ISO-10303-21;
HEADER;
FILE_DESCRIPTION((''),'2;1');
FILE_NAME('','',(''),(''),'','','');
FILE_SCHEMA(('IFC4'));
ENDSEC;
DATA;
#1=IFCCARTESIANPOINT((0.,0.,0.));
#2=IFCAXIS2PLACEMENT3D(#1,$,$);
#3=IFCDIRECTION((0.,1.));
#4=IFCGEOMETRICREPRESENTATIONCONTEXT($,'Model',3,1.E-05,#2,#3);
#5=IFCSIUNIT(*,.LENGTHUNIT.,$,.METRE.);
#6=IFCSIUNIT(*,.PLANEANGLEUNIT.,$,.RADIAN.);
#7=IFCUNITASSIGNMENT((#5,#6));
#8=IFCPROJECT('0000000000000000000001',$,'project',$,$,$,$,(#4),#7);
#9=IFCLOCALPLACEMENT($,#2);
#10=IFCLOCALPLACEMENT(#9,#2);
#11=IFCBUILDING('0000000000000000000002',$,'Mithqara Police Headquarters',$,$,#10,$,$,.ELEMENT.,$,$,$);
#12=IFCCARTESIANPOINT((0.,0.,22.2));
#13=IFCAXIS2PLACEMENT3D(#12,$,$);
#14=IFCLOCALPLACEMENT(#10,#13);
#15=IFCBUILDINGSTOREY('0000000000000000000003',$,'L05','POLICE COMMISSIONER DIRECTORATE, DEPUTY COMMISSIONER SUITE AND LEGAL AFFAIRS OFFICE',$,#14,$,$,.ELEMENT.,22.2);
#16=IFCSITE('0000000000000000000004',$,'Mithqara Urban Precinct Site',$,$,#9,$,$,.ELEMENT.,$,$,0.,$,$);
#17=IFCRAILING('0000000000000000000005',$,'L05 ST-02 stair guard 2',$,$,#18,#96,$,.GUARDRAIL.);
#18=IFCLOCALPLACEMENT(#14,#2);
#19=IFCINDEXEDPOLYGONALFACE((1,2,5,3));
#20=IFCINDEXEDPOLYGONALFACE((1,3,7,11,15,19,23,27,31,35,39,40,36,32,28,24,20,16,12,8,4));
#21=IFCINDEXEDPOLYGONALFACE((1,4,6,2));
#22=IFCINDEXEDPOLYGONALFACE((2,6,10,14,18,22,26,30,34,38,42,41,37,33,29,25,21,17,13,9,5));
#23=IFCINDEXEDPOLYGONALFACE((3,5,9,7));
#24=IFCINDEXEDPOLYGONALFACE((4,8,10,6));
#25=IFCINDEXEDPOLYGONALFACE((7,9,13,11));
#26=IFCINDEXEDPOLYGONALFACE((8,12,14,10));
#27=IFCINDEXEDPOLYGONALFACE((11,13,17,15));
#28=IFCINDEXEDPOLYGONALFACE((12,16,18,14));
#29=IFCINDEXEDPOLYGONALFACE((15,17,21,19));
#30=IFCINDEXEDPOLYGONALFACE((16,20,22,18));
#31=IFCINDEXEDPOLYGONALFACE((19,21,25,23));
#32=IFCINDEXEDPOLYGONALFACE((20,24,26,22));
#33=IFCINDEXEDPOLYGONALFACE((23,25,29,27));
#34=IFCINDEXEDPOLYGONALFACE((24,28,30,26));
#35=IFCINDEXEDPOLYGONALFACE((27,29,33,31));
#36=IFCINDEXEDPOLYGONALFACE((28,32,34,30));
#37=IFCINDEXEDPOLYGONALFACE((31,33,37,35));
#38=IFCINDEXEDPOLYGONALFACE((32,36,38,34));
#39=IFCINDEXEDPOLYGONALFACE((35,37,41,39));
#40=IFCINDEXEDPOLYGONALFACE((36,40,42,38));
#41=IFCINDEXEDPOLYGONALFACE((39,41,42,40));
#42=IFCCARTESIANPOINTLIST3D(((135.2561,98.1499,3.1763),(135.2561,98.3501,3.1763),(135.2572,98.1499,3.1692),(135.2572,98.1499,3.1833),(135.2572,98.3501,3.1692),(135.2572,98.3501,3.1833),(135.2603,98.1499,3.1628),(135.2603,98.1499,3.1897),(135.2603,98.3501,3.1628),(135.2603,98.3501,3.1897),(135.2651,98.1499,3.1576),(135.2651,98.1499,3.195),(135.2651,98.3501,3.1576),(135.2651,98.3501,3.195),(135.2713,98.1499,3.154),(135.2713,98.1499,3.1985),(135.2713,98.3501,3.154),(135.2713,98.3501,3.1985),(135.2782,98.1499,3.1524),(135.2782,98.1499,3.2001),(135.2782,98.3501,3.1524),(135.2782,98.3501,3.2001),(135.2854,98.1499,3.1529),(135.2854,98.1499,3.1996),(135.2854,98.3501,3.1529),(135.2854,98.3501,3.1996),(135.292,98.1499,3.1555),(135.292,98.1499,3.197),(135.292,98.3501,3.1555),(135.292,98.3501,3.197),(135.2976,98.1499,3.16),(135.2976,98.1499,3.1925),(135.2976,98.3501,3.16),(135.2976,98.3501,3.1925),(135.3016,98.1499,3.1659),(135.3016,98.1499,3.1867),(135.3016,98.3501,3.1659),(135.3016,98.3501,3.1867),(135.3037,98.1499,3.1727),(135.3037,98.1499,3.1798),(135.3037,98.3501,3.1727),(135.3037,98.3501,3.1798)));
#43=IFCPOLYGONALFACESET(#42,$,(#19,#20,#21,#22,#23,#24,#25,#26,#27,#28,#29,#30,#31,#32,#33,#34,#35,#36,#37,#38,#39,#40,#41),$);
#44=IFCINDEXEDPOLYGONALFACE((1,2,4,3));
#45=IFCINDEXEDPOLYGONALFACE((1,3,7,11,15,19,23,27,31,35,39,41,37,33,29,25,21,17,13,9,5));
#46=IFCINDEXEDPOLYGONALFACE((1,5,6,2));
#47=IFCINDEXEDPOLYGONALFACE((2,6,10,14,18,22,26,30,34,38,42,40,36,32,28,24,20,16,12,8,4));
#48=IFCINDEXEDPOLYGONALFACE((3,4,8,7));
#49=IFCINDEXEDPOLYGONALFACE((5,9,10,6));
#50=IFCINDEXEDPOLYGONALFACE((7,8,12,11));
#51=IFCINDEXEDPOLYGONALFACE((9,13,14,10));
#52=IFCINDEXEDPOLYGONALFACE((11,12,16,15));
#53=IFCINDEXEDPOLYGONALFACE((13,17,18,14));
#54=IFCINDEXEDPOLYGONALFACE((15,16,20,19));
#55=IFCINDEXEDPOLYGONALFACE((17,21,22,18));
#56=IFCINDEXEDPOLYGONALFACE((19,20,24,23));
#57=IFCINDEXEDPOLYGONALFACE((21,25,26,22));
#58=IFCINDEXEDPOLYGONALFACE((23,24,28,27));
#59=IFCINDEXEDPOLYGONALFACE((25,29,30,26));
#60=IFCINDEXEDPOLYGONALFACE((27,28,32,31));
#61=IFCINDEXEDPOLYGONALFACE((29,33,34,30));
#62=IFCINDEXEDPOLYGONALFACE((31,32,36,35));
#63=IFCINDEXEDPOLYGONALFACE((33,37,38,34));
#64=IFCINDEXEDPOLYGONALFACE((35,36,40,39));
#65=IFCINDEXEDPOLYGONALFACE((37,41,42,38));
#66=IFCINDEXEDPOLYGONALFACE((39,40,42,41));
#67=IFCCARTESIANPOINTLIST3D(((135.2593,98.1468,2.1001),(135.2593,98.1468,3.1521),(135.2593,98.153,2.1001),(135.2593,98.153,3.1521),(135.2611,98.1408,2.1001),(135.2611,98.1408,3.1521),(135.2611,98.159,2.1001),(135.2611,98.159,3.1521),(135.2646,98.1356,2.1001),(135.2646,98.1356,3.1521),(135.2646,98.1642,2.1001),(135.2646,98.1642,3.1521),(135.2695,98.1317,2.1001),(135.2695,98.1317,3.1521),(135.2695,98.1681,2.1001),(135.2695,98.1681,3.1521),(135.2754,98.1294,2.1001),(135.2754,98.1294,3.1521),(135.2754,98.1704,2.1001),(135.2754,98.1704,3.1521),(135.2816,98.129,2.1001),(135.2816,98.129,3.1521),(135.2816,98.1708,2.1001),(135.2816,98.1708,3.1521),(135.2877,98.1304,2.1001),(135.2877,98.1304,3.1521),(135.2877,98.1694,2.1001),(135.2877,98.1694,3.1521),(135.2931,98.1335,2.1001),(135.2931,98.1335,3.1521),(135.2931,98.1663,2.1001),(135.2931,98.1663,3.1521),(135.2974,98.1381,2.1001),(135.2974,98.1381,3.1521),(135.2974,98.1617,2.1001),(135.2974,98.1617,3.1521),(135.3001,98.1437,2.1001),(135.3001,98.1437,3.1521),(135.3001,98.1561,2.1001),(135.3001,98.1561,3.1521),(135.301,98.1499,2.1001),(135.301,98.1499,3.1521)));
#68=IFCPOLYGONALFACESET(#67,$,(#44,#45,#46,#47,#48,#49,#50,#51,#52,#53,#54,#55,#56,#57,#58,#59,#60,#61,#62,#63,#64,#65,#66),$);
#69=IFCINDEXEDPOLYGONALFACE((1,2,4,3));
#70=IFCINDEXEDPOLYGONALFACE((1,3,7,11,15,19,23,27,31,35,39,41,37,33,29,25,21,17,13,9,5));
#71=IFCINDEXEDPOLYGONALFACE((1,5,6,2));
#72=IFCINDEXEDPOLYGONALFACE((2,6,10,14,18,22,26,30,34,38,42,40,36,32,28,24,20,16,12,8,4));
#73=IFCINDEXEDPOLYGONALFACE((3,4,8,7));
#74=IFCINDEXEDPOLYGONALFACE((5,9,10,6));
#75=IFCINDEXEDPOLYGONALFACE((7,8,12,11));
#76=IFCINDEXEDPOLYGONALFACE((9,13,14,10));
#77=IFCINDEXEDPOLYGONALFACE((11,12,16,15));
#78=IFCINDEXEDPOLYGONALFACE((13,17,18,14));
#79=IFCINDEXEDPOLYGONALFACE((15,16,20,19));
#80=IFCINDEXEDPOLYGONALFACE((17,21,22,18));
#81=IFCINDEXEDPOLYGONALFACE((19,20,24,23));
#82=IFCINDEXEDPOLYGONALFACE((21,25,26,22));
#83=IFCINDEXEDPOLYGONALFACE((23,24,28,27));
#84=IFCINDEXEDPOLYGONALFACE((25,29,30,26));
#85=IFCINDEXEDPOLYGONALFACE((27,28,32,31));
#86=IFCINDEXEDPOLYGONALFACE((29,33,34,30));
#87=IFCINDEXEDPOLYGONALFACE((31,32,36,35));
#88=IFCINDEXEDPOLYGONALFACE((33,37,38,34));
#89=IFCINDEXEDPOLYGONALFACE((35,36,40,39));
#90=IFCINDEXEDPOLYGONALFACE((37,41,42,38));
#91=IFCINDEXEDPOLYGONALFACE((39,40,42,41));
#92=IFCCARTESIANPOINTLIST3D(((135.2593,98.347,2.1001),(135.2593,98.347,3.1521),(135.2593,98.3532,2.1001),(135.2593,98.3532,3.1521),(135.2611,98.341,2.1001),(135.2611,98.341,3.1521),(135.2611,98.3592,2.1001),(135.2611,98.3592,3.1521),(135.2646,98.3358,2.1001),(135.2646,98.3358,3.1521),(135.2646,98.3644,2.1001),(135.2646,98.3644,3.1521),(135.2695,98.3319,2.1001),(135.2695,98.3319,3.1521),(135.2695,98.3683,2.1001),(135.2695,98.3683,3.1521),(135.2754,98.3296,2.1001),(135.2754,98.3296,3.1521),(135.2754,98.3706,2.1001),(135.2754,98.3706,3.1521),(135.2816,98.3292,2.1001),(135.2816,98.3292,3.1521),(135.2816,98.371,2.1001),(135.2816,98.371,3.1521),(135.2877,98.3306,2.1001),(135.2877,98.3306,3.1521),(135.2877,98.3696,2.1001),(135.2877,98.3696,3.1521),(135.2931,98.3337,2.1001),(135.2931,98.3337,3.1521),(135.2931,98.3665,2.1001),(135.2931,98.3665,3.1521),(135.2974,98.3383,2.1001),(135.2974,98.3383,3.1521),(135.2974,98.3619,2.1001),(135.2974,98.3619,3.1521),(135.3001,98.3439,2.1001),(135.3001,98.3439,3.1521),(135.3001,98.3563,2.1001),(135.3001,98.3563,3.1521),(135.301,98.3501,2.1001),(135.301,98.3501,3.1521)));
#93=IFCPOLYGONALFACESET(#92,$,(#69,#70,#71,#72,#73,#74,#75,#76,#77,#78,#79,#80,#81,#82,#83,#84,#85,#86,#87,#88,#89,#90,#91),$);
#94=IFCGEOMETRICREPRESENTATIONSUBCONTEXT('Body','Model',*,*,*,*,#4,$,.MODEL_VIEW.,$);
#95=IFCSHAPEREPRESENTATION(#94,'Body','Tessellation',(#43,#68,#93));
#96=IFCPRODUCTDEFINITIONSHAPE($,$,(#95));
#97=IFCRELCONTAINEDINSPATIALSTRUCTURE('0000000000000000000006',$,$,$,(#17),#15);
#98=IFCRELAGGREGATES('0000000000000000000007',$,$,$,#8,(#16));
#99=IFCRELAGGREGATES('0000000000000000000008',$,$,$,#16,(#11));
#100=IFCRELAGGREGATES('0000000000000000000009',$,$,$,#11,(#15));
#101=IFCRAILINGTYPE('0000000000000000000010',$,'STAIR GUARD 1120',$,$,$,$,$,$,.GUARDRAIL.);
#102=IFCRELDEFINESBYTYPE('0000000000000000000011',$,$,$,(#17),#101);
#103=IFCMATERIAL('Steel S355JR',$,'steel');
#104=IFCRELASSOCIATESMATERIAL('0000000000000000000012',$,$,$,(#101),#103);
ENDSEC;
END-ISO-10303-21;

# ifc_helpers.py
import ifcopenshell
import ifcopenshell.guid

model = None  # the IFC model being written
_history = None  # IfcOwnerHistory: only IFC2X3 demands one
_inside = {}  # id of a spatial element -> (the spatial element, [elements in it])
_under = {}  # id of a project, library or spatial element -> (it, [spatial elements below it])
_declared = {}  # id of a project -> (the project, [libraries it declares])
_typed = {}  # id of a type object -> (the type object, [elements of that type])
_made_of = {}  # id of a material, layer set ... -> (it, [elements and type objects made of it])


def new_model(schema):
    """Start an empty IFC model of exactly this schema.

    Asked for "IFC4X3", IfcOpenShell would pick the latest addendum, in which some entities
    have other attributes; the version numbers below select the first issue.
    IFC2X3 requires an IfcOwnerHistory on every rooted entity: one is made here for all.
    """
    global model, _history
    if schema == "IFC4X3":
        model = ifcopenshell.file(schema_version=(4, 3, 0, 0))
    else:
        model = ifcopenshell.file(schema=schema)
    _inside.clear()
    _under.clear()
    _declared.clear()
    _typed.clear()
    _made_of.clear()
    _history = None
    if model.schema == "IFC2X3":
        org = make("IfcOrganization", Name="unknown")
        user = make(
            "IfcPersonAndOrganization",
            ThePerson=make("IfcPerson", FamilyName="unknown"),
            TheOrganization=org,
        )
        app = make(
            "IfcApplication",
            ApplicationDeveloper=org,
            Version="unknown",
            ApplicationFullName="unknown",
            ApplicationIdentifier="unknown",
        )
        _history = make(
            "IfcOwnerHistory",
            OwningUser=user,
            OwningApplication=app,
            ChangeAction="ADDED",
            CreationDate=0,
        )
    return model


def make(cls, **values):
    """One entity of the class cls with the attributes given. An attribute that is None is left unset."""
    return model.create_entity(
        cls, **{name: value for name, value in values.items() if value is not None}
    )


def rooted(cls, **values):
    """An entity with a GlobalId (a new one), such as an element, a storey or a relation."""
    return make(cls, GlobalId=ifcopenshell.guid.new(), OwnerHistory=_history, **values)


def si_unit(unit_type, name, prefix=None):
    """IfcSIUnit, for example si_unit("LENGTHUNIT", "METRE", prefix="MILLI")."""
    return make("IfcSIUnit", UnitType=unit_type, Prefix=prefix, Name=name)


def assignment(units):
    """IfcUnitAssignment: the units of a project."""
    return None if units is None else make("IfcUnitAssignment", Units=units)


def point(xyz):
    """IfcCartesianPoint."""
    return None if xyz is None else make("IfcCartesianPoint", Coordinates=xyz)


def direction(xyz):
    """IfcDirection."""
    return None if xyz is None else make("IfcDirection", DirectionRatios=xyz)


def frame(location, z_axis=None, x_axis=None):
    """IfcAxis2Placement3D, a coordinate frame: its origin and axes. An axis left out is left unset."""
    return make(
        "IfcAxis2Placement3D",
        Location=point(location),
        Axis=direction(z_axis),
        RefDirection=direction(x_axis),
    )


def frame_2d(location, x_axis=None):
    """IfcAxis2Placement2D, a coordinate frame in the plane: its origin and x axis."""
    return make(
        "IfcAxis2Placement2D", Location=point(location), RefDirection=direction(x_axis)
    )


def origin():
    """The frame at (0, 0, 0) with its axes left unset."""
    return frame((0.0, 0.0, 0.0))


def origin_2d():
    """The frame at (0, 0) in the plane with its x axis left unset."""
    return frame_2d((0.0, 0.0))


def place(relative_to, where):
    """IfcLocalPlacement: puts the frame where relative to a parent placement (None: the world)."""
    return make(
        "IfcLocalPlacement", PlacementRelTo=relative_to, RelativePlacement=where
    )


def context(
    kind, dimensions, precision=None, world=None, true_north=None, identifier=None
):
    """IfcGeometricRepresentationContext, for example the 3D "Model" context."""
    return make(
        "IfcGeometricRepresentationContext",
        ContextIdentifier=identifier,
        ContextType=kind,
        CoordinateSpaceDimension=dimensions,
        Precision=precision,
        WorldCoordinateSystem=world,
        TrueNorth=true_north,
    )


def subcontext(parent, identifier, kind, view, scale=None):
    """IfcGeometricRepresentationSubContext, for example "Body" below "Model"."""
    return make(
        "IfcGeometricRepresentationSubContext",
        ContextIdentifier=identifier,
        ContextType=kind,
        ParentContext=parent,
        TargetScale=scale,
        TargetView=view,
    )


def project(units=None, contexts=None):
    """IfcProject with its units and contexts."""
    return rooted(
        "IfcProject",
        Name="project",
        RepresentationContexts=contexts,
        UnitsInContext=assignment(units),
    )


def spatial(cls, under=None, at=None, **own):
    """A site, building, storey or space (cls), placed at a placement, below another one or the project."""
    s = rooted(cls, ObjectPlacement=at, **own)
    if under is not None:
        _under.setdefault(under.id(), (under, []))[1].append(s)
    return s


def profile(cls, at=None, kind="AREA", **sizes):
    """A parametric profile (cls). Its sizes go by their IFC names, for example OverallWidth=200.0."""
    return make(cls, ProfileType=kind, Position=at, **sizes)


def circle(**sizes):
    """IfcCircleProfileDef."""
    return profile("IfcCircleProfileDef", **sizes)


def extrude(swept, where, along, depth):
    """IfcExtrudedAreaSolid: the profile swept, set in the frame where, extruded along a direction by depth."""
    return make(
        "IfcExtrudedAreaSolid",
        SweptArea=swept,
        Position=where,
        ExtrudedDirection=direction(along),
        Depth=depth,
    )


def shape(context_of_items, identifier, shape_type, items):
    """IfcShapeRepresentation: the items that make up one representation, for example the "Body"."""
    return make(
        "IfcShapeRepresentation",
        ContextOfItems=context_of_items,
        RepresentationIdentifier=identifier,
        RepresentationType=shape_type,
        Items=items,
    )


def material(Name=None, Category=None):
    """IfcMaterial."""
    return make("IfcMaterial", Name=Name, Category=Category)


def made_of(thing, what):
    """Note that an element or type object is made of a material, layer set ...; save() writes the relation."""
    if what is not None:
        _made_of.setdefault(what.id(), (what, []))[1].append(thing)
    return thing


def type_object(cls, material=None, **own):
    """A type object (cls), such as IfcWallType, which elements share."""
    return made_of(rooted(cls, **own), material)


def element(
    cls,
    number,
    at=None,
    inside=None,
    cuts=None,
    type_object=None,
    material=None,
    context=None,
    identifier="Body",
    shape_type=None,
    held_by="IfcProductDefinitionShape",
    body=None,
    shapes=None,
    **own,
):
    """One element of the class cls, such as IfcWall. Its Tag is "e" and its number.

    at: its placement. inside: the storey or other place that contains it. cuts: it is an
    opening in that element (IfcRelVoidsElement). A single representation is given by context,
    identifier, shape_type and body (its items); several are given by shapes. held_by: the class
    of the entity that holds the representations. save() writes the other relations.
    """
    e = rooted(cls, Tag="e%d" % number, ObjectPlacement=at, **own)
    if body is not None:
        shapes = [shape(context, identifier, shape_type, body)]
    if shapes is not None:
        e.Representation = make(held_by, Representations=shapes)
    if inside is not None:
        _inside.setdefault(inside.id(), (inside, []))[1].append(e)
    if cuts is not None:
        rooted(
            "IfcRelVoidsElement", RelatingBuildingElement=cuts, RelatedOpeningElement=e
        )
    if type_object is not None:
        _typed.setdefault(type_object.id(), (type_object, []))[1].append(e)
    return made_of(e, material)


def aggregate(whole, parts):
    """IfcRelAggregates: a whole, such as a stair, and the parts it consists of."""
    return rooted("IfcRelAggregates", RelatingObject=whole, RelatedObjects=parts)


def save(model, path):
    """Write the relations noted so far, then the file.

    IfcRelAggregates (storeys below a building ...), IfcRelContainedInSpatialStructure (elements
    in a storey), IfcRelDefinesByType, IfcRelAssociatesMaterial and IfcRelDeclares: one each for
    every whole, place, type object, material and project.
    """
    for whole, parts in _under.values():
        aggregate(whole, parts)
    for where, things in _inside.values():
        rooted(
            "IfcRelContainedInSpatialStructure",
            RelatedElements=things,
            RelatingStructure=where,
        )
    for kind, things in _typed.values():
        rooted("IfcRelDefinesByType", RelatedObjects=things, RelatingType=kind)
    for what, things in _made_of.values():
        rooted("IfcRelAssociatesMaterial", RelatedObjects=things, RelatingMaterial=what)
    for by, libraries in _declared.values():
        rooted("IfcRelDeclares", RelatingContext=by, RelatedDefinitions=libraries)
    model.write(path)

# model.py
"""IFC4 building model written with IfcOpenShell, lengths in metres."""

from ifc_helpers import new_model, si_unit, direction, frame, origin, origin_2d, place, context, subcontext, project, spatial, circle, extrude, material, type_object, element, save


model = new_model("IFC4")

# Units and contexts
model_context = context("Model", 3, precision=1e-05, world=origin(), true_north=direction((0.0, 1.0)))
body_context = subcontext(model_context, "Body", "Model", "MODEL_VIEW")
ifc_project = project(units=[si_unit("LENGTHUNIT", "METRE"), si_unit("PLANEANGLEUNIT", "RADIAN")], contexts=[model_context])

# Site, building, storey
site_placement = place(None, origin())
site = spatial("IfcSite", under=ifc_project, at=site_placement, Name="Mithqara Urban Precinct Site", CompositionType="ELEMENT", RefElevation=0.0)
building_placement = place(site_placement, origin())
building = spatial("IfcBuilding", under=site, at=building_placement, Name="Mithqara Police Headquarters", CompositionType="ELEMENT")
storey_placement = place(building_placement, frame((0.0, 0.0, 22.2)))
storey = spatial("IfcBuildingStorey", under=building, at=storey_placement, Name="L05", Description="POLICE COMMISSIONER DIRECTORATE, DEPUTY COMMISSIONER SUITE AND LEGAL AFFAIRS OFFICE", CompositionType="ELEMENT", Elevation=22.2)

# Shared definitions
ifc_material_1 = material(Name="Steel S355JR", Category="steel")

# Railing
railing_type_1 = type_object("IfcRailingType", Name="STAIR GUARD 1120", PredefinedType="GUARDRAIL", material=ifc_material_1)
railing_1_placement = place(storey_placement, frame((135.28, 98.1499, 2.1001)))
element("IfcRailing", 1, at=railing_1_placement, inside=storey, type_object=railing_type_1, Name="L05 ST-02 stair guard 2", PredefinedType="GUARDRAIL", context=body_context, shape_type="SweptSolid", body=[
    extrude(circle(Radius=0.0239, at=origin_2d()), frame((0.0, 0.0, 1.0762), z_axis=(0.0, 1.0, 0.0), x_axis=(-1.0, 0.0, 0.0)), (0.0, 0.0, 1.0), 0.2002),
    extrude(circle(Radius=0.021, at=origin_2d()), origin(), (0.0, 0.0, 1.0), 1.052),
    extrude(circle(Radius=0.021, at=origin_2d()), frame((0.0, 0.2002, 0.0)), (0.0, 0.0, 1.0), 1.052),
])

save(model, "model.ifc")
